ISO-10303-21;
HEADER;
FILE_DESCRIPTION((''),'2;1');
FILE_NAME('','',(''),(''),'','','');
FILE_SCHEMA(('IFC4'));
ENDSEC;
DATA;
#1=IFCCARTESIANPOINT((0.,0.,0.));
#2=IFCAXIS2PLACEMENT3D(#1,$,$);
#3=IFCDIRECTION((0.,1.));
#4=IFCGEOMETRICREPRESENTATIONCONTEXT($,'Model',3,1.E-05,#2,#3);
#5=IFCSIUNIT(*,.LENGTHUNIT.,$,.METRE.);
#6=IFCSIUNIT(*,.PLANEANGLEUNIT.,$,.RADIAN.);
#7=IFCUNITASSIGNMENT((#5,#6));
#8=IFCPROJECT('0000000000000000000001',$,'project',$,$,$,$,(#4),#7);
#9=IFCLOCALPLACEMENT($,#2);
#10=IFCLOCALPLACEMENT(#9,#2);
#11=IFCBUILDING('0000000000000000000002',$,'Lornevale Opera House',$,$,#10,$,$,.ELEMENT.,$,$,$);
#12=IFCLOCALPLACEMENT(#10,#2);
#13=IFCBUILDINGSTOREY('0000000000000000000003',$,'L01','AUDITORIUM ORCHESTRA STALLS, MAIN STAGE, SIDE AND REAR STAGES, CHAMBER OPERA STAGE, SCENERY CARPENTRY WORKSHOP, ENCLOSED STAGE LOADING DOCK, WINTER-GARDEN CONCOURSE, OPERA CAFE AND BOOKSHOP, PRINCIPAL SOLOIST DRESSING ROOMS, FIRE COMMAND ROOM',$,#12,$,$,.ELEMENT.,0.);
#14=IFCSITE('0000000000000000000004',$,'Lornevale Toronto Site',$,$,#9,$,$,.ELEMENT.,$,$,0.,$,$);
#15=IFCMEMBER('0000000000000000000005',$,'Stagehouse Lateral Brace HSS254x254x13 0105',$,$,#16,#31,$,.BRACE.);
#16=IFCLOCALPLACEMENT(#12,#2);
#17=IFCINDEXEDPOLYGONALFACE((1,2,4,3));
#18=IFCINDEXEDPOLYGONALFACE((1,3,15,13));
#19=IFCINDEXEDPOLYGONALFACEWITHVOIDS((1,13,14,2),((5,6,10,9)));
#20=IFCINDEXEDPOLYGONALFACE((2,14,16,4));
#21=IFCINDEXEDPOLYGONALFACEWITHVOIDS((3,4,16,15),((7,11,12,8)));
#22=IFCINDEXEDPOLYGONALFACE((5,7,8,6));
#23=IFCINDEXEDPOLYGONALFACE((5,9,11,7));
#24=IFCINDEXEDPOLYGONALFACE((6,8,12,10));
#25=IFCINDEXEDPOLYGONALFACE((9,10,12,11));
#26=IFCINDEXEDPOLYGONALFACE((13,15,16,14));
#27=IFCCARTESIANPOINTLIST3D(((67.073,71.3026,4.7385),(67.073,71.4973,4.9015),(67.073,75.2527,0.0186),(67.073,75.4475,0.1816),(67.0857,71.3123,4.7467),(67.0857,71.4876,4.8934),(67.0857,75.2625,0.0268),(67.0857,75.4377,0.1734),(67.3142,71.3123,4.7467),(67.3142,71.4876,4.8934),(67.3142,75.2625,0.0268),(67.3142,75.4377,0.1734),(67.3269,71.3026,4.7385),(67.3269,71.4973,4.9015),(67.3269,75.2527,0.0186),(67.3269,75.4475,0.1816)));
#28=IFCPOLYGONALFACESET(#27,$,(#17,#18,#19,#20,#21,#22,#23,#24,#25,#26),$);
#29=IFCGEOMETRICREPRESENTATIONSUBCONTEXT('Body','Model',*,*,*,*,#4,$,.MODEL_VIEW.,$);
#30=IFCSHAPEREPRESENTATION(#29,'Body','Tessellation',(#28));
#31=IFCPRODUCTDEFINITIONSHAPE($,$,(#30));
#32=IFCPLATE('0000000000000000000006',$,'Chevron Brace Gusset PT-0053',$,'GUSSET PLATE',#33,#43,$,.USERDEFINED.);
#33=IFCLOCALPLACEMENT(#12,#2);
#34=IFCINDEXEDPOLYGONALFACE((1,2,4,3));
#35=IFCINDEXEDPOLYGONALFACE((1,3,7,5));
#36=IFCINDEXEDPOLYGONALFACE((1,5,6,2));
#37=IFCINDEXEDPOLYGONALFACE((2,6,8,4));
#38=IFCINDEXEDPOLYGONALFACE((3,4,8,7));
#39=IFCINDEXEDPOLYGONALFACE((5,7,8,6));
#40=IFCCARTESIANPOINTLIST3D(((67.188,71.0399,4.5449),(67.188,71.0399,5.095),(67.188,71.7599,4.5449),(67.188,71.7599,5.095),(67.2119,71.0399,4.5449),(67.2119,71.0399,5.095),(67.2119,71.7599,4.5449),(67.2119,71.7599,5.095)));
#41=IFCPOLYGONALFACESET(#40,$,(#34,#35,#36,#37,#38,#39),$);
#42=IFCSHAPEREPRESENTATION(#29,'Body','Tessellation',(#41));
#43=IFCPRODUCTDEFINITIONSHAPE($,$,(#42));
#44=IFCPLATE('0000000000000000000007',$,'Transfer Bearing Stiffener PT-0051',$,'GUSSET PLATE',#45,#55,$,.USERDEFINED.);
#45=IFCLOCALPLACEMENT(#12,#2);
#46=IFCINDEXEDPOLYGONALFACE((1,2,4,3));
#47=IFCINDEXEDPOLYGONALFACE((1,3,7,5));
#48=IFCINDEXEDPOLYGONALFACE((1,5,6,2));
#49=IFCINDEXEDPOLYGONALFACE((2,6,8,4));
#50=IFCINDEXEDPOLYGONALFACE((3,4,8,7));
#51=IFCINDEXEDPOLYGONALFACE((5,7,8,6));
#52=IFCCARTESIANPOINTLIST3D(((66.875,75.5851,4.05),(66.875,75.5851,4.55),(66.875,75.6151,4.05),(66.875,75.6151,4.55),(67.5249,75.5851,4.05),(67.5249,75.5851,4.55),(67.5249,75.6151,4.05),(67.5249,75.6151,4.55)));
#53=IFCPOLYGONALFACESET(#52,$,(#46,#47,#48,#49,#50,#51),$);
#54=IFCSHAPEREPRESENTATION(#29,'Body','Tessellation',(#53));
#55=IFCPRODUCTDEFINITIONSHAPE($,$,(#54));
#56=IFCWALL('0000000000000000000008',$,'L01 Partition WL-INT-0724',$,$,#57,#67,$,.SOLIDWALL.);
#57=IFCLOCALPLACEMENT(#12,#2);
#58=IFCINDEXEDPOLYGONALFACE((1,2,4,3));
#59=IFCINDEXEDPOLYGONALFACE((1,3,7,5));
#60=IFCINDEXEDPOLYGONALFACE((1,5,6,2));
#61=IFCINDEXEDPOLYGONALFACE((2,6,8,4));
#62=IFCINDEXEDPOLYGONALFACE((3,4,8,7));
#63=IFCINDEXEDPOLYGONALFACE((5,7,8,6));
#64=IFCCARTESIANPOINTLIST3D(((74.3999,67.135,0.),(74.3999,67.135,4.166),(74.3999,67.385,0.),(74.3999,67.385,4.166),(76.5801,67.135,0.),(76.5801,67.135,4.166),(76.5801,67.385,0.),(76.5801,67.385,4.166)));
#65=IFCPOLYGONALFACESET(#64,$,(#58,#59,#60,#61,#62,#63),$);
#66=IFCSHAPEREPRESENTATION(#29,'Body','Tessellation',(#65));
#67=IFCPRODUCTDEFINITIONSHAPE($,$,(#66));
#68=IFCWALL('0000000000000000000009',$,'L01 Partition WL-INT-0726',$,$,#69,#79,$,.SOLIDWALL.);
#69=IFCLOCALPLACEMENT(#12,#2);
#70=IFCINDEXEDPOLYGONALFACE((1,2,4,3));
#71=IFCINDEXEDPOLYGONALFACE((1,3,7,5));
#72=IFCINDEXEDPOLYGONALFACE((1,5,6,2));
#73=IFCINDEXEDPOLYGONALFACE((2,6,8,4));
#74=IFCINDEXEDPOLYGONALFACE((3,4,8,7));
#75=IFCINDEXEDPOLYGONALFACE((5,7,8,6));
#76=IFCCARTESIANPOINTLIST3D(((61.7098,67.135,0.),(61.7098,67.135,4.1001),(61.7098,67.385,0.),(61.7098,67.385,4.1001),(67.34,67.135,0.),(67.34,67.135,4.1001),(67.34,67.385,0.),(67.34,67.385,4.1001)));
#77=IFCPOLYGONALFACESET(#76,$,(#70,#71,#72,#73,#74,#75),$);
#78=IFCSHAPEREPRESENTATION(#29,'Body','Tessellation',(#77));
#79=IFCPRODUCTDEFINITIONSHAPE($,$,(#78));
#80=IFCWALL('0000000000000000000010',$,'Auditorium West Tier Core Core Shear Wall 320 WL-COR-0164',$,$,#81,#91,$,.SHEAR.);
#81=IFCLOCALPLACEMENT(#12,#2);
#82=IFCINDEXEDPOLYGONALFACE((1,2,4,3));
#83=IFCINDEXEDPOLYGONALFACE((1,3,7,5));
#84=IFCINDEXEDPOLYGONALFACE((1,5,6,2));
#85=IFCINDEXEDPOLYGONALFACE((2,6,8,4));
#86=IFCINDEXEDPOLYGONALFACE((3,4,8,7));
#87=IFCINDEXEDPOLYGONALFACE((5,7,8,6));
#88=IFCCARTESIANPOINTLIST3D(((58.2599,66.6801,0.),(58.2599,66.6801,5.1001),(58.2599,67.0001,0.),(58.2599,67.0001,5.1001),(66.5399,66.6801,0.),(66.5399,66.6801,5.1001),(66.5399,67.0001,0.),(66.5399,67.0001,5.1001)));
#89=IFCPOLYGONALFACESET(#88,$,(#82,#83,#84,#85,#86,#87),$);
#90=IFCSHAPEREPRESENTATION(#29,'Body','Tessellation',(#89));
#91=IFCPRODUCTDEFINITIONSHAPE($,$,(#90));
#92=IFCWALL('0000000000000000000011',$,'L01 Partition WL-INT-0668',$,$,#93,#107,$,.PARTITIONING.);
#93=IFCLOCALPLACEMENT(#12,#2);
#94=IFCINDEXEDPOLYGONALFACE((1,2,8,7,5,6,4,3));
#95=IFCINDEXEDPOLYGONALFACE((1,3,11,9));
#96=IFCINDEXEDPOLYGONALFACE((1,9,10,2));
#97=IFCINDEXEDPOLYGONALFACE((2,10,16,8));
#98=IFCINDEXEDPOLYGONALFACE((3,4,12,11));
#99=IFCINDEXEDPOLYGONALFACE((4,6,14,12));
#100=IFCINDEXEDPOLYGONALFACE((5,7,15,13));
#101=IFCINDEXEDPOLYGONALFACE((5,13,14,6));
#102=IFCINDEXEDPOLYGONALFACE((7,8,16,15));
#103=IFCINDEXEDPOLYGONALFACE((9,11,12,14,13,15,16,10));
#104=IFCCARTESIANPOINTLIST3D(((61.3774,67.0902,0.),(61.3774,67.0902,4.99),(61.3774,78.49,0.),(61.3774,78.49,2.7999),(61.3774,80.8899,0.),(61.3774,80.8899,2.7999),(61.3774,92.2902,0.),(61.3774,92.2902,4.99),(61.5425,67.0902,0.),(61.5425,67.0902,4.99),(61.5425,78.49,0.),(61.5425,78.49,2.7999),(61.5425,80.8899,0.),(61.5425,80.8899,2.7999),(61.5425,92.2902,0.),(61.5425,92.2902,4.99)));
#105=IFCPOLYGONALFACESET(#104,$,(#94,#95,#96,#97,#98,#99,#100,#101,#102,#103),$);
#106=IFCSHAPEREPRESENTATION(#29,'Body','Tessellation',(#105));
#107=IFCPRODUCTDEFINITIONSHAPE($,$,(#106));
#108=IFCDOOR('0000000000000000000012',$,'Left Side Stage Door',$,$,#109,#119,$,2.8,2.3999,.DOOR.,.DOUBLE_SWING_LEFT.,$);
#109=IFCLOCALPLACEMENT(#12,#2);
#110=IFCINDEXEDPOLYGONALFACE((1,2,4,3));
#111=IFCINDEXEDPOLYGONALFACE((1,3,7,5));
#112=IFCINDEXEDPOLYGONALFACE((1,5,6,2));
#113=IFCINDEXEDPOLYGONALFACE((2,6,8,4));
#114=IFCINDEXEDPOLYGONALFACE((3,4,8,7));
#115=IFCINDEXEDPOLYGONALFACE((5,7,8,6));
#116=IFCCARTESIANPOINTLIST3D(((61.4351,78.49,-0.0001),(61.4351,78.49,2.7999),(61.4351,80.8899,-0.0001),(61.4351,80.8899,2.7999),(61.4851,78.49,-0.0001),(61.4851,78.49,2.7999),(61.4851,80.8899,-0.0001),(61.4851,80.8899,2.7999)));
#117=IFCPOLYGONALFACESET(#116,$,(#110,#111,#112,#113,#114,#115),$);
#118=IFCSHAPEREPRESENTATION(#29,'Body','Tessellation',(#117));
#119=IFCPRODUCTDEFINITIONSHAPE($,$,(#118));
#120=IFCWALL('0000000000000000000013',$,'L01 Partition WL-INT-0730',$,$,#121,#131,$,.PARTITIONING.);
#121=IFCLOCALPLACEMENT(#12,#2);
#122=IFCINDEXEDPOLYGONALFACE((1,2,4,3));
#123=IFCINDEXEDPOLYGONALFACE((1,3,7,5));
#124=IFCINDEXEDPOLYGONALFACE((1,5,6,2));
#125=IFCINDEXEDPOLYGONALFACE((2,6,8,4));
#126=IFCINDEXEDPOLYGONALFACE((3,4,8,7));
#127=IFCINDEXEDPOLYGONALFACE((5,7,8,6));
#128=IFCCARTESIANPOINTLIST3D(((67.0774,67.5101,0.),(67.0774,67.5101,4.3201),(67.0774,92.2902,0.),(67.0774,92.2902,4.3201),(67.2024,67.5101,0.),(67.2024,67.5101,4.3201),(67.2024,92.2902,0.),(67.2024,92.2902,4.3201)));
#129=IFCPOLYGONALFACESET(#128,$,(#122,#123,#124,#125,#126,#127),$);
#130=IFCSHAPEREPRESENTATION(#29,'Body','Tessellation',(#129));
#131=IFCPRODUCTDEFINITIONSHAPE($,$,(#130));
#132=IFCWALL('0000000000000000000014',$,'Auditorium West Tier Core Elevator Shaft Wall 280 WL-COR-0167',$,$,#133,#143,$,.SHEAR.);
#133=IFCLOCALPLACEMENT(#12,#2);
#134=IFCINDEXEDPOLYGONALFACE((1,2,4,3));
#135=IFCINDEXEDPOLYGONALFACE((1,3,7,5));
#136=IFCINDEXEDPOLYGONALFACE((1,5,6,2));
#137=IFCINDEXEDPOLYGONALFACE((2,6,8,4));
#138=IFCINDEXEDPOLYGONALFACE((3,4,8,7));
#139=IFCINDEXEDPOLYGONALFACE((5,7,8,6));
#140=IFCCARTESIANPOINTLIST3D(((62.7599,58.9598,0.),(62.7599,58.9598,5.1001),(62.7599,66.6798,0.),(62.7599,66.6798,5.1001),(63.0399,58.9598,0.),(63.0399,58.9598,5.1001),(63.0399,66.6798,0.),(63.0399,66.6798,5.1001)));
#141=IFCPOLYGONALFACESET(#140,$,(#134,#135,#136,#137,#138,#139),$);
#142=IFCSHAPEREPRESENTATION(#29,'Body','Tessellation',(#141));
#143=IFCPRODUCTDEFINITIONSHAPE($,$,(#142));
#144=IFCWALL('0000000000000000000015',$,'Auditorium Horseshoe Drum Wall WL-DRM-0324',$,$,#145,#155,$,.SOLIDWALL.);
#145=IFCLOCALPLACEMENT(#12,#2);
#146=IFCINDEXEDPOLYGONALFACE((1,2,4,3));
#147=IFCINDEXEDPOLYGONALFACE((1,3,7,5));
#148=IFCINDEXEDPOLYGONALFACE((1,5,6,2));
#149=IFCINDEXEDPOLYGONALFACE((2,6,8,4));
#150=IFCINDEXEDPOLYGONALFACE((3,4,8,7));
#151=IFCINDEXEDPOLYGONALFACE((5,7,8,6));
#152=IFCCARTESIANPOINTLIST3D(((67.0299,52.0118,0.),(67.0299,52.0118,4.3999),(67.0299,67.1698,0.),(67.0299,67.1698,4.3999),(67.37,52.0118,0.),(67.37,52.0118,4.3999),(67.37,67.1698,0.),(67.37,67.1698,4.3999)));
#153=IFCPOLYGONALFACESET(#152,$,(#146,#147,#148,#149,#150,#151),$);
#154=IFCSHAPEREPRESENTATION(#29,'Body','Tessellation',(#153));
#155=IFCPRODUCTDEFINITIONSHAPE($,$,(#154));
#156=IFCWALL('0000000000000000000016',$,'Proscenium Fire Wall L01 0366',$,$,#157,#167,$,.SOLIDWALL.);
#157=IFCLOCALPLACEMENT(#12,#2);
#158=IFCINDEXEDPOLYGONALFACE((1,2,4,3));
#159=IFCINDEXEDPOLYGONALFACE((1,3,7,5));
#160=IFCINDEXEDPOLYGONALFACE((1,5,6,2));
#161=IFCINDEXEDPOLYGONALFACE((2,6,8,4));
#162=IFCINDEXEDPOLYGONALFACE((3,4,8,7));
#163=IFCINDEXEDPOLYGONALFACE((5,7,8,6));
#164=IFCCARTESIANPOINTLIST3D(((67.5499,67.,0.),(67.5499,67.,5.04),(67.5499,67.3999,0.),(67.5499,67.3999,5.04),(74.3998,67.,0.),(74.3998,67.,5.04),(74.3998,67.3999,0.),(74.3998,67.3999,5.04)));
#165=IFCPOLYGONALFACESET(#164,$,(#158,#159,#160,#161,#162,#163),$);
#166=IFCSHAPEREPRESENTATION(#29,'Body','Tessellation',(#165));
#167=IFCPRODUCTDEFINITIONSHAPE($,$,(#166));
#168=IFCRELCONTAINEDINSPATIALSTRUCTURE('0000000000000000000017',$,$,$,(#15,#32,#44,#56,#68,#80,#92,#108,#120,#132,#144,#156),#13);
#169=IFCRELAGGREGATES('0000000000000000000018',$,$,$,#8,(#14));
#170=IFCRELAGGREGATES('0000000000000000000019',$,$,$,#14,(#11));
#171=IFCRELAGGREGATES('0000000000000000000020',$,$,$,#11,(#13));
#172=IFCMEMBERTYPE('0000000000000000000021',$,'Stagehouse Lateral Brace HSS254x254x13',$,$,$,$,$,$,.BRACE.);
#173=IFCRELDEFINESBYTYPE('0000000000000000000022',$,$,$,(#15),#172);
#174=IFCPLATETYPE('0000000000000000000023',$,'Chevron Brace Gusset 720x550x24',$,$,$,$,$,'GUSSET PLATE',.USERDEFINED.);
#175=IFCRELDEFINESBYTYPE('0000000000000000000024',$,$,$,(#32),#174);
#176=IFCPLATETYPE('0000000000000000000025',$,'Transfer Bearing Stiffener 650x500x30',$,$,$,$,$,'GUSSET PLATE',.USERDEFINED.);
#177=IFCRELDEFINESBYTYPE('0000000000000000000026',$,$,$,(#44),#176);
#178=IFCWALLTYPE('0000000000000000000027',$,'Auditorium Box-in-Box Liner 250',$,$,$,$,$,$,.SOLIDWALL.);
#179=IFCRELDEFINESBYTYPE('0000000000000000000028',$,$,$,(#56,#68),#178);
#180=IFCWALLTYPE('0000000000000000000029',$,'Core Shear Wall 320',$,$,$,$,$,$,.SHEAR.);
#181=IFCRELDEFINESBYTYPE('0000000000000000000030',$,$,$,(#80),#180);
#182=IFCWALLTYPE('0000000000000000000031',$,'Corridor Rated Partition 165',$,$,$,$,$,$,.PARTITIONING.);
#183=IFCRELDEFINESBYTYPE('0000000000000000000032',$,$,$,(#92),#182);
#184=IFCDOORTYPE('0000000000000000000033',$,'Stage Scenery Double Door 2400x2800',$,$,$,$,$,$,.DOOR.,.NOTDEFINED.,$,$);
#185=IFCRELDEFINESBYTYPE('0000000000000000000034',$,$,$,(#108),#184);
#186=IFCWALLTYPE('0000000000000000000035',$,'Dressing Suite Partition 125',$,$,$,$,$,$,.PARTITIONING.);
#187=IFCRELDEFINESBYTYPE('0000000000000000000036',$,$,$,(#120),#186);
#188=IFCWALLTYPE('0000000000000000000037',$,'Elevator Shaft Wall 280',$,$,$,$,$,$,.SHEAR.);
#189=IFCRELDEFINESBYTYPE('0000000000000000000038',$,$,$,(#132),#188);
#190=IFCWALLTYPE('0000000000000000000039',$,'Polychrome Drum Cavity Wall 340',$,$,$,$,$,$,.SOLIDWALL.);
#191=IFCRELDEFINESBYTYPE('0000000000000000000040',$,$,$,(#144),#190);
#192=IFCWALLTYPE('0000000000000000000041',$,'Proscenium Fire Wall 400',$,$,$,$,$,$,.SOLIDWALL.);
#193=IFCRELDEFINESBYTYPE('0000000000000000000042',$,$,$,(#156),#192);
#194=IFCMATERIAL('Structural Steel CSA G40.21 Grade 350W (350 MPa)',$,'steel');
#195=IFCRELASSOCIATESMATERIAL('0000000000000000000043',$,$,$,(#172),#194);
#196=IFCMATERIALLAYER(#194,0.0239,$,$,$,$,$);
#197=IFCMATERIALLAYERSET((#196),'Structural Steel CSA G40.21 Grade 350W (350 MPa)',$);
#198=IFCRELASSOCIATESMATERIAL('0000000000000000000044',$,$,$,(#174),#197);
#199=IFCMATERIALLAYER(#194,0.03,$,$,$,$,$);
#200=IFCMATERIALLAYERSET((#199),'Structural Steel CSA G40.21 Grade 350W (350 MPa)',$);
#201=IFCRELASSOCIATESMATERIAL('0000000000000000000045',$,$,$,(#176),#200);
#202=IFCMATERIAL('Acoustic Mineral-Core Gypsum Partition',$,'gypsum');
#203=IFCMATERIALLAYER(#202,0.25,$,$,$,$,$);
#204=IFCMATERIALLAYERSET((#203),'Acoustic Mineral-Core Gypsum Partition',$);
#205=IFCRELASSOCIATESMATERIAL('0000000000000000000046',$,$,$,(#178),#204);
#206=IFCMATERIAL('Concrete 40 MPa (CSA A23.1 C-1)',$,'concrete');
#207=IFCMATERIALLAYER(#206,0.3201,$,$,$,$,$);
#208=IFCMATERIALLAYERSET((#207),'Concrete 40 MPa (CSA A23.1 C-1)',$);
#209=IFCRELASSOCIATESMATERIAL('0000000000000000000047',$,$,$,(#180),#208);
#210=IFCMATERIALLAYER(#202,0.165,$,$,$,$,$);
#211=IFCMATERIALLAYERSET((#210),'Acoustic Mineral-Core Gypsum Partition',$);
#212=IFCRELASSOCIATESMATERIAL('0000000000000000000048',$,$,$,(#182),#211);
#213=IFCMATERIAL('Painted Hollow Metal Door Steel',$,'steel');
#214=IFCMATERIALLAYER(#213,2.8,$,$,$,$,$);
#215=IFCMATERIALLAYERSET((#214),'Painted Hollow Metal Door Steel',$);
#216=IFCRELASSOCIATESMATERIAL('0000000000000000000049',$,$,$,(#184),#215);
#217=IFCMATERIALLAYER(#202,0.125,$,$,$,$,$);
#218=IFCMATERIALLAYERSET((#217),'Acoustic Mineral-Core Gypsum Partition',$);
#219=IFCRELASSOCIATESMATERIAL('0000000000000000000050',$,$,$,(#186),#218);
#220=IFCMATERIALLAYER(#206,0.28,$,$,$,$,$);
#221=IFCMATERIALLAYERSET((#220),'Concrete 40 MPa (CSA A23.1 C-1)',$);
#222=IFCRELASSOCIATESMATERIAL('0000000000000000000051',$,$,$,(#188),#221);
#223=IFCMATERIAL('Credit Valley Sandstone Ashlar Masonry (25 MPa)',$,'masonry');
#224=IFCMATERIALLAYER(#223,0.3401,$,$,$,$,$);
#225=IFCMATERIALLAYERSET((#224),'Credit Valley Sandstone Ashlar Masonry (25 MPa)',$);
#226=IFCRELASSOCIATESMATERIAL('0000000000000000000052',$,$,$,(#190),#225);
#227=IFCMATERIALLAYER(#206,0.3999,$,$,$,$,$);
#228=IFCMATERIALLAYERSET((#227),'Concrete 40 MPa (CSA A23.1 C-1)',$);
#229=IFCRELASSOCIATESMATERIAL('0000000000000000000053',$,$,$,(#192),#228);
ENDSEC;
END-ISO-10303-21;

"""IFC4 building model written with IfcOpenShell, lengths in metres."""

from ifc_helpers import new_model, si_unit, direction, frame, frame_2d, origin, origin_2d, place, context, subcontext, project, spatial, rectangle, hollow_rectangle, extrude, material, layer, layer_set, material_profile, profile_set, type_object, element, fill, save


model = new_model("IFC4")

# Units and contexts
model_context = context("Model", 3, precision=1e-05, world=origin(), true_north=direction((0.0, 1.0)))
body_context = subcontext(model_context, "Body", "Model", "MODEL_VIEW")
ifc_project = project(units=[si_unit("LENGTHUNIT", "METRE"), si_unit("PLANEANGLEUNIT", "RADIAN")], contexts=[model_context])

# Site, building, storey
site_placement = place(None, origin())
site = spatial("IfcSite", under=ifc_project, at=site_placement, Name="Lornevale Toronto Site", CompositionType="ELEMENT", RefElevation=0.0)
building_placement = place(site_placement, origin())
building = spatial("IfcBuilding", under=site, at=building_placement, Name="Lornevale Opera House", CompositionType="ELEMENT")
storey_placement = place(building_placement, origin())
storey = spatial("IfcBuildingStorey", under=building, at=storey_placement, Name="L01", Description="AUDITORIUM ORCHESTRA STALLS, MAIN STAGE, SIDE AND REAR STAGES, CHAMBER OPERA STAGE, SCENERY CARPENTRY WORKSHOP, ENCLOSED STAGE LOADING DOCK, WINTER-GARDEN CONCOURSE, OPERA CAFE AND BOOKSHOP, PRINCIPAL SOLOIST DRESSING ROOMS, FIRE COMMAND ROOM", CompositionType="ELEMENT", Elevation=0.0)

# Shared definitions
ifc_material_1 = material(Name="Concrete 40 MPa (CSA A23.1 C-1)", Category="concrete")

# Member
ifc_material_2 = material(Name="Structural Steel CSA G40.21 Grade 350W (350 MPa)", Category="steel")
ifc_material_profile_1 = material_profile(ifc_material_2, hollow_rectangle(XDim=0.2539, YDim=0.2539, WallThickness=0.0127, at=origin_2d()), Name="HSS254x254x13")
ifc_profile_set_1 = profile_set([ifc_material_profile_1], Name="Structural Steel CSA G40.21 Grade 350W (350 MPa)")
member_type = type_object("IfcMemberType", Name="Stagehouse Lateral Brace HSS254x254x13", PredefinedType="BRACE", material=ifc_profile_set_1)
for number, where, z_axis, x_axis, name in (
    (1, (67.2, 75.3501, 0.1001), (0.0, -0.641802, 0.76687), (1.0, 0.0, 0.0), "Stagehouse Lateral Brace HSS254x254x13 0105"),
):
    element("IfcMember", number, at=place(storey_placement, frame(where, z_axis=z_axis, x_axis=x_axis)), inside=storey, type_object=member_type, Name=name, PredefinedType="BRACE", context=body_context, shape_type="SweptSolid", body=[
        extrude(hollow_rectangle(XDim=0.2539, YDim=0.2539, WallThickness=0.0127, at=origin_2d()), origin(), (0.0, 0.0, 1.0), 6.1548),
    ])

# Plates
ifc_layer_1 = layer(ifc_material_2, 0.0239)
ifc_layer_set_1 = layer_set([ifc_layer_1], Name="Structural Steel CSA G40.21 Grade 350W (350 MPa)")
plate_type_1 = type_object("IfcPlateType", Name="Chevron Brace Gusset 720x550x24", ElementType="GUSSET PLATE", PredefinedType="USERDEFINED", material=ifc_layer_set_1)
plate_1_placement = place(storey_placement, frame((67.2, 71.3999, 4.5449), z_axis=(0.0, 0.0, 1.0), x_axis=(0.0, 1.0, 0.0)))
element("IfcPlate", 2, at=plate_1_placement, inside=storey, type_object=plate_type_1, Name="Chevron Brace Gusset PT-0053", ObjectType="GUSSET PLATE", PredefinedType="USERDEFINED", context=body_context, shape_type="SweptSolid", body=[
    extrude(rectangle(XDim=0.72, YDim=0.0239, at=origin_2d()), origin(), (0.0, 0.0, 1.0), 0.55),
])
ifc_layer_2 = layer(ifc_material_2, 0.03)
ifc_layer_set_2 = layer_set([ifc_layer_2], Name="Structural Steel CSA G40.21 Grade 350W (350 MPa)")
plate_type_2 = type_object("IfcPlateType", Name="Transfer Bearing Stiffener 650x500x30", ElementType="GUSSET PLATE", PredefinedType="USERDEFINED", material=ifc_layer_set_2)
plate_2_placement = place(storey_placement, frame((67.2, 75.6001, 4.05), z_axis=(0.0, 0.0, 1.0), x_axis=(1.0, 0.0, 0.0)))
element("IfcPlate", 3, at=plate_2_placement, inside=storey, type_object=plate_type_2, Name="Transfer Bearing Stiffener PT-0051", ObjectType="GUSSET PLATE", PredefinedType="USERDEFINED", context=body_context, shape_type="SweptSolid", body=[
    extrude(rectangle(XDim=0.6499, YDim=0.03, at=origin_2d()), origin(), (0.0, 0.0, 1.0), 0.5),
])

# Walls
ifc_material_3 = material(Name="Acoustic Mineral-Core Gypsum Partition", Category="gypsum")
ifc_layer_3 = layer(ifc_material_3, 0.25)
ifc_layer_set_3 = layer_set([ifc_layer_3], Name="Acoustic Mineral-Core Gypsum Partition")
wall_type_1 = type_object("IfcWallType", Name="Auditorium Box-in-Box Liner 250", PredefinedType="SOLIDWALL", material=ifc_layer_set_3)
wall_1_placement = place(storey_placement, frame((74.3999, 67.26, 0.0), z_axis=(0.0, 0.0, 1.0), x_axis=(1.0, 0.0, 0.0)))
element("IfcWall", 4, at=wall_1_placement, inside=storey, type_object=wall_type_1, Name="L01 Partition WL-INT-0724", PredefinedType="SOLIDWALL", context=body_context, shape_type="SweptSolid", body=[
    extrude(rectangle(XDim=2.1802, YDim=0.25, at=frame_2d((1.0901, 0.0))), origin(), (0.0, 0.0, 1.0), 4.166),
])
wall_2_placement = place(storey_placement, frame((61.71, 67.26, 0.0), z_axis=(0.0, 0.0, 1.0), x_axis=(1.0, 0.0, 0.0)))
element("IfcWall", 5, at=wall_2_placement, inside=storey, type_object=wall_type_1, Name="L01 Partition WL-INT-0726", PredefinedType="SOLIDWALL", context=body_context, shape_type="SweptSolid", body=[
    extrude(rectangle(XDim=5.6301, YDim=0.25, at=frame_2d((2.8149, 0.0))), origin(), (0.0, 0.0, 1.0), 4.1001),
])
ifc_layer_4 = layer(ifc_material_1, 0.3201)
ifc_layer_set_4 = layer_set([ifc_layer_4], Name="Concrete 40 MPa (CSA A23.1 C-1)")
wall_type_2 = type_object("IfcWallType", Name="Core Shear Wall 320", PredefinedType="SHEAR", material=ifc_layer_set_4)
wall_3_placement = place(storey_placement, frame((66.54, 66.8401, 0.0), z_axis=(0.0, 0.0, 1.0), x_axis=(-1.0, 0.0, 0.0)))
element("IfcWall", 6, at=wall_3_placement, inside=storey, type_object=wall_type_2, Name="Auditorium West Tier Core Core Shear Wall 320 WL-COR-0164", PredefinedType="SHEAR", context=body_context, shape_type="SweptSolid", body=[
    extrude(rectangle(XDim=8.28, YDim=0.3201, at=frame_2d((4.1401, 0.0))), origin(), (0.0, 0.0, 1.0), 5.1001),
])

# Wall, opening, door
ifc_layer_5 = layer(ifc_material_3, 0.165)
ifc_layer_set_5 = layer_set([ifc_layer_5], Name="Acoustic Mineral-Core Gypsum Partition")
wall_type_3 = type_object("IfcWallType", Name="Corridor Rated Partition 165", PredefinedType="PARTITIONING", material=ifc_layer_set_5)
wall_4_placement = place(storey_placement, frame((61.46, 67.0901, 0.0), z_axis=(0.0, 0.0, 1.0), x_axis=(0.0, 1.0, 0.0)))
wall_4 = element("IfcWall", 7, at=wall_4_placement, inside=storey, type_object=wall_type_3, Name="L01 Partition WL-INT-0668", PredefinedType="PARTITIONING", context=body_context, shape_type="SweptSolid", body=[
    extrude(rectangle(XDim=25.2, YDim=0.165, at=frame_2d((12.6001, 0.0))), origin(), (0.0, 0.0, 1.0), 4.99),
])
opening_placement = place(wall_4_placement, frame((11.3999, 0.0, 0.0)))
opening = element("IfcOpeningElement", 8, at=opening_placement, cuts=wall_4, PredefinedType="OPENING", context=body_context, shape_type="SweptSolid", body=[
    extrude(rectangle(XDim=2.3999, YDim=2.8, at=frame_2d((1.2, 1.3999))), frame((0.0, 0.0925, 0.0), z_axis=(0.0, -1.0, 0.0), x_axis=(1.0, 0.0, 0.0)), (0.0, 0.0, 1.0), 0.1851),
])
ifc_material_4 = material(Name="Painted Hollow Metal Door Steel", Category="steel")
ifc_layer_6 = layer(ifc_material_4, 2.8)
ifc_layer_set_6 = layer_set([ifc_layer_6], Name="Painted Hollow Metal Door Steel")
door_type = type_object("IfcDoorType", Name="Stage Scenery Double Door 2400x2800", OperationType="NOTDEFINED", PredefinedType="DOOR", material=ifc_layer_set_6)
door_placement = place(opening_placement, origin())
door = element("IfcDoor", 9, at=door_placement, inside=storey, type_object=door_type, Name="Left Side Stage Door", OperationType="DOUBLE_SWING_LEFT", OverallHeight=2.8, OverallWidth=2.3999, PredefinedType="DOOR", context=body_context, shape_type="SweptSolid", body=[
    extrude(rectangle(XDim=2.3999, YDim=2.8, at=frame_2d((1.2, 1.3999))), frame((0.0, 0.0249, 0.0), z_axis=(0.0, -1.0, 0.0), x_axis=(1.0, 0.0, 0.0)), (0.0, 0.0, 1.0), 0.05),
])
fill(opening, door)

# Walls
ifc_layer_7 = layer(ifc_material_3, 0.125)
ifc_layer_set_7 = layer_set([ifc_layer_7], Name="Acoustic Mineral-Core Gypsum Partition")
wall_type_4 = type_object("IfcWallType", Name="Dressing Suite Partition 125", PredefinedType="PARTITIONING", material=ifc_layer_set_7)
wall_5_placement = place(storey_placement, frame((67.1399, 67.51, 0.0), z_axis=(0.0, 0.0, 1.0), x_axis=(0.0, 1.0, 0.0)))
element("IfcWall", 10, at=wall_5_placement, inside=storey, type_object=wall_type_4, Name="L01 Partition WL-INT-0730", PredefinedType="PARTITIONING", context=body_context, shape_type="SweptSolid", body=[
    extrude(rectangle(XDim=24.78, YDim=0.125, at=frame_2d((12.3901, 0.0))), origin(), (0.0, 0.0, 1.0), 4.3201),
])
ifc_layer_8 = layer(ifc_material_1, 0.28)
ifc_layer_set_8 = layer_set([ifc_layer_8], Name="Concrete 40 MPa (CSA A23.1 C-1)")
wall_type_5 = type_object("IfcWallType", Name="Elevator Shaft Wall 280", PredefinedType="SHEAR", material=ifc_layer_set_8)
wall_6_placement = place(storey_placement, frame((62.8999, 58.96, 0.0), z_axis=(0.0, 0.0, 1.0), x_axis=(0.0, 1.0, 0.0)))
element("IfcWall", 11, at=wall_6_placement, inside=storey, type_object=wall_type_5, Name="Auditorium West Tier Core Elevator Shaft Wall 280 WL-COR-0167", PredefinedType="SHEAR", context=body_context, shape_type="SweptSolid", body=[
    extrude(rectangle(XDim=7.72, YDim=0.28, at=frame_2d((3.8599, 0.0))), origin(), (0.0, 0.0, 1.0), 5.1001),
])
ifc_material_5 = material(Name="Credit Valley Sandstone Ashlar Masonry (25 MPa)", Category="masonry")
ifc_layer_9 = layer(ifc_material_5, 0.3401)
ifc_layer_set_9 = layer_set([ifc_layer_9], Name="Credit Valley Sandstone Ashlar Masonry (25 MPa)")
wall_type_6 = type_object("IfcWallType", Name="Polychrome Drum Cavity Wall 340", PredefinedType="SOLIDWALL", material=ifc_layer_set_9)
wall_7_placement = place(storey_placement, frame((67.2, 67.1699, 0.0), z_axis=(0.0, 0.0, 1.0), x_axis=(0.0, -1.0, 0.0)))
element("IfcWall", 12, at=wall_7_placement, inside=storey, type_object=wall_type_6, Name="Auditorium Horseshoe Drum Wall WL-DRM-0324", PredefinedType="SOLIDWALL", context=body_context, shape_type="SweptSolid", body=[
    extrude(rectangle(XDim=15.158, YDim=0.3401, at=frame_2d((7.5791, 0.0))), origin(), (0.0, 0.0, 1.0), 4.3999),
])
ifc_layer_10 = layer(ifc_material_1, 0.3999)
ifc_layer_set_10 = layer_set([ifc_layer_10], Name="Concrete 40 MPa (CSA A23.1 C-1)")
wall_type_7 = type_object("IfcWallType", Name="Proscenium Fire Wall 400", PredefinedType="SOLIDWALL", material=ifc_layer_set_10)
wall_8_placement = place(storey_placement, frame((67.55, 67.2, 0.0), z_axis=(0.0, 0.0, 1.0), x_axis=(1.0, 0.0, 0.0)))
element("IfcWall", 13, at=wall_8_placement, inside=storey, type_object=wall_type_7, Name="Proscenium Fire Wall L01 0366", PredefinedType="SOLIDWALL", context=body_context, shape_type="SweptSolid", body=[
    extrude(rectangle(XDim=6.8499, YDim=0.3999, at=frame_2d((3.4248, 0.0))), origin(), (0.0, 0.0, 1.0), 5.04),
])

save(model, "model.ifc")
